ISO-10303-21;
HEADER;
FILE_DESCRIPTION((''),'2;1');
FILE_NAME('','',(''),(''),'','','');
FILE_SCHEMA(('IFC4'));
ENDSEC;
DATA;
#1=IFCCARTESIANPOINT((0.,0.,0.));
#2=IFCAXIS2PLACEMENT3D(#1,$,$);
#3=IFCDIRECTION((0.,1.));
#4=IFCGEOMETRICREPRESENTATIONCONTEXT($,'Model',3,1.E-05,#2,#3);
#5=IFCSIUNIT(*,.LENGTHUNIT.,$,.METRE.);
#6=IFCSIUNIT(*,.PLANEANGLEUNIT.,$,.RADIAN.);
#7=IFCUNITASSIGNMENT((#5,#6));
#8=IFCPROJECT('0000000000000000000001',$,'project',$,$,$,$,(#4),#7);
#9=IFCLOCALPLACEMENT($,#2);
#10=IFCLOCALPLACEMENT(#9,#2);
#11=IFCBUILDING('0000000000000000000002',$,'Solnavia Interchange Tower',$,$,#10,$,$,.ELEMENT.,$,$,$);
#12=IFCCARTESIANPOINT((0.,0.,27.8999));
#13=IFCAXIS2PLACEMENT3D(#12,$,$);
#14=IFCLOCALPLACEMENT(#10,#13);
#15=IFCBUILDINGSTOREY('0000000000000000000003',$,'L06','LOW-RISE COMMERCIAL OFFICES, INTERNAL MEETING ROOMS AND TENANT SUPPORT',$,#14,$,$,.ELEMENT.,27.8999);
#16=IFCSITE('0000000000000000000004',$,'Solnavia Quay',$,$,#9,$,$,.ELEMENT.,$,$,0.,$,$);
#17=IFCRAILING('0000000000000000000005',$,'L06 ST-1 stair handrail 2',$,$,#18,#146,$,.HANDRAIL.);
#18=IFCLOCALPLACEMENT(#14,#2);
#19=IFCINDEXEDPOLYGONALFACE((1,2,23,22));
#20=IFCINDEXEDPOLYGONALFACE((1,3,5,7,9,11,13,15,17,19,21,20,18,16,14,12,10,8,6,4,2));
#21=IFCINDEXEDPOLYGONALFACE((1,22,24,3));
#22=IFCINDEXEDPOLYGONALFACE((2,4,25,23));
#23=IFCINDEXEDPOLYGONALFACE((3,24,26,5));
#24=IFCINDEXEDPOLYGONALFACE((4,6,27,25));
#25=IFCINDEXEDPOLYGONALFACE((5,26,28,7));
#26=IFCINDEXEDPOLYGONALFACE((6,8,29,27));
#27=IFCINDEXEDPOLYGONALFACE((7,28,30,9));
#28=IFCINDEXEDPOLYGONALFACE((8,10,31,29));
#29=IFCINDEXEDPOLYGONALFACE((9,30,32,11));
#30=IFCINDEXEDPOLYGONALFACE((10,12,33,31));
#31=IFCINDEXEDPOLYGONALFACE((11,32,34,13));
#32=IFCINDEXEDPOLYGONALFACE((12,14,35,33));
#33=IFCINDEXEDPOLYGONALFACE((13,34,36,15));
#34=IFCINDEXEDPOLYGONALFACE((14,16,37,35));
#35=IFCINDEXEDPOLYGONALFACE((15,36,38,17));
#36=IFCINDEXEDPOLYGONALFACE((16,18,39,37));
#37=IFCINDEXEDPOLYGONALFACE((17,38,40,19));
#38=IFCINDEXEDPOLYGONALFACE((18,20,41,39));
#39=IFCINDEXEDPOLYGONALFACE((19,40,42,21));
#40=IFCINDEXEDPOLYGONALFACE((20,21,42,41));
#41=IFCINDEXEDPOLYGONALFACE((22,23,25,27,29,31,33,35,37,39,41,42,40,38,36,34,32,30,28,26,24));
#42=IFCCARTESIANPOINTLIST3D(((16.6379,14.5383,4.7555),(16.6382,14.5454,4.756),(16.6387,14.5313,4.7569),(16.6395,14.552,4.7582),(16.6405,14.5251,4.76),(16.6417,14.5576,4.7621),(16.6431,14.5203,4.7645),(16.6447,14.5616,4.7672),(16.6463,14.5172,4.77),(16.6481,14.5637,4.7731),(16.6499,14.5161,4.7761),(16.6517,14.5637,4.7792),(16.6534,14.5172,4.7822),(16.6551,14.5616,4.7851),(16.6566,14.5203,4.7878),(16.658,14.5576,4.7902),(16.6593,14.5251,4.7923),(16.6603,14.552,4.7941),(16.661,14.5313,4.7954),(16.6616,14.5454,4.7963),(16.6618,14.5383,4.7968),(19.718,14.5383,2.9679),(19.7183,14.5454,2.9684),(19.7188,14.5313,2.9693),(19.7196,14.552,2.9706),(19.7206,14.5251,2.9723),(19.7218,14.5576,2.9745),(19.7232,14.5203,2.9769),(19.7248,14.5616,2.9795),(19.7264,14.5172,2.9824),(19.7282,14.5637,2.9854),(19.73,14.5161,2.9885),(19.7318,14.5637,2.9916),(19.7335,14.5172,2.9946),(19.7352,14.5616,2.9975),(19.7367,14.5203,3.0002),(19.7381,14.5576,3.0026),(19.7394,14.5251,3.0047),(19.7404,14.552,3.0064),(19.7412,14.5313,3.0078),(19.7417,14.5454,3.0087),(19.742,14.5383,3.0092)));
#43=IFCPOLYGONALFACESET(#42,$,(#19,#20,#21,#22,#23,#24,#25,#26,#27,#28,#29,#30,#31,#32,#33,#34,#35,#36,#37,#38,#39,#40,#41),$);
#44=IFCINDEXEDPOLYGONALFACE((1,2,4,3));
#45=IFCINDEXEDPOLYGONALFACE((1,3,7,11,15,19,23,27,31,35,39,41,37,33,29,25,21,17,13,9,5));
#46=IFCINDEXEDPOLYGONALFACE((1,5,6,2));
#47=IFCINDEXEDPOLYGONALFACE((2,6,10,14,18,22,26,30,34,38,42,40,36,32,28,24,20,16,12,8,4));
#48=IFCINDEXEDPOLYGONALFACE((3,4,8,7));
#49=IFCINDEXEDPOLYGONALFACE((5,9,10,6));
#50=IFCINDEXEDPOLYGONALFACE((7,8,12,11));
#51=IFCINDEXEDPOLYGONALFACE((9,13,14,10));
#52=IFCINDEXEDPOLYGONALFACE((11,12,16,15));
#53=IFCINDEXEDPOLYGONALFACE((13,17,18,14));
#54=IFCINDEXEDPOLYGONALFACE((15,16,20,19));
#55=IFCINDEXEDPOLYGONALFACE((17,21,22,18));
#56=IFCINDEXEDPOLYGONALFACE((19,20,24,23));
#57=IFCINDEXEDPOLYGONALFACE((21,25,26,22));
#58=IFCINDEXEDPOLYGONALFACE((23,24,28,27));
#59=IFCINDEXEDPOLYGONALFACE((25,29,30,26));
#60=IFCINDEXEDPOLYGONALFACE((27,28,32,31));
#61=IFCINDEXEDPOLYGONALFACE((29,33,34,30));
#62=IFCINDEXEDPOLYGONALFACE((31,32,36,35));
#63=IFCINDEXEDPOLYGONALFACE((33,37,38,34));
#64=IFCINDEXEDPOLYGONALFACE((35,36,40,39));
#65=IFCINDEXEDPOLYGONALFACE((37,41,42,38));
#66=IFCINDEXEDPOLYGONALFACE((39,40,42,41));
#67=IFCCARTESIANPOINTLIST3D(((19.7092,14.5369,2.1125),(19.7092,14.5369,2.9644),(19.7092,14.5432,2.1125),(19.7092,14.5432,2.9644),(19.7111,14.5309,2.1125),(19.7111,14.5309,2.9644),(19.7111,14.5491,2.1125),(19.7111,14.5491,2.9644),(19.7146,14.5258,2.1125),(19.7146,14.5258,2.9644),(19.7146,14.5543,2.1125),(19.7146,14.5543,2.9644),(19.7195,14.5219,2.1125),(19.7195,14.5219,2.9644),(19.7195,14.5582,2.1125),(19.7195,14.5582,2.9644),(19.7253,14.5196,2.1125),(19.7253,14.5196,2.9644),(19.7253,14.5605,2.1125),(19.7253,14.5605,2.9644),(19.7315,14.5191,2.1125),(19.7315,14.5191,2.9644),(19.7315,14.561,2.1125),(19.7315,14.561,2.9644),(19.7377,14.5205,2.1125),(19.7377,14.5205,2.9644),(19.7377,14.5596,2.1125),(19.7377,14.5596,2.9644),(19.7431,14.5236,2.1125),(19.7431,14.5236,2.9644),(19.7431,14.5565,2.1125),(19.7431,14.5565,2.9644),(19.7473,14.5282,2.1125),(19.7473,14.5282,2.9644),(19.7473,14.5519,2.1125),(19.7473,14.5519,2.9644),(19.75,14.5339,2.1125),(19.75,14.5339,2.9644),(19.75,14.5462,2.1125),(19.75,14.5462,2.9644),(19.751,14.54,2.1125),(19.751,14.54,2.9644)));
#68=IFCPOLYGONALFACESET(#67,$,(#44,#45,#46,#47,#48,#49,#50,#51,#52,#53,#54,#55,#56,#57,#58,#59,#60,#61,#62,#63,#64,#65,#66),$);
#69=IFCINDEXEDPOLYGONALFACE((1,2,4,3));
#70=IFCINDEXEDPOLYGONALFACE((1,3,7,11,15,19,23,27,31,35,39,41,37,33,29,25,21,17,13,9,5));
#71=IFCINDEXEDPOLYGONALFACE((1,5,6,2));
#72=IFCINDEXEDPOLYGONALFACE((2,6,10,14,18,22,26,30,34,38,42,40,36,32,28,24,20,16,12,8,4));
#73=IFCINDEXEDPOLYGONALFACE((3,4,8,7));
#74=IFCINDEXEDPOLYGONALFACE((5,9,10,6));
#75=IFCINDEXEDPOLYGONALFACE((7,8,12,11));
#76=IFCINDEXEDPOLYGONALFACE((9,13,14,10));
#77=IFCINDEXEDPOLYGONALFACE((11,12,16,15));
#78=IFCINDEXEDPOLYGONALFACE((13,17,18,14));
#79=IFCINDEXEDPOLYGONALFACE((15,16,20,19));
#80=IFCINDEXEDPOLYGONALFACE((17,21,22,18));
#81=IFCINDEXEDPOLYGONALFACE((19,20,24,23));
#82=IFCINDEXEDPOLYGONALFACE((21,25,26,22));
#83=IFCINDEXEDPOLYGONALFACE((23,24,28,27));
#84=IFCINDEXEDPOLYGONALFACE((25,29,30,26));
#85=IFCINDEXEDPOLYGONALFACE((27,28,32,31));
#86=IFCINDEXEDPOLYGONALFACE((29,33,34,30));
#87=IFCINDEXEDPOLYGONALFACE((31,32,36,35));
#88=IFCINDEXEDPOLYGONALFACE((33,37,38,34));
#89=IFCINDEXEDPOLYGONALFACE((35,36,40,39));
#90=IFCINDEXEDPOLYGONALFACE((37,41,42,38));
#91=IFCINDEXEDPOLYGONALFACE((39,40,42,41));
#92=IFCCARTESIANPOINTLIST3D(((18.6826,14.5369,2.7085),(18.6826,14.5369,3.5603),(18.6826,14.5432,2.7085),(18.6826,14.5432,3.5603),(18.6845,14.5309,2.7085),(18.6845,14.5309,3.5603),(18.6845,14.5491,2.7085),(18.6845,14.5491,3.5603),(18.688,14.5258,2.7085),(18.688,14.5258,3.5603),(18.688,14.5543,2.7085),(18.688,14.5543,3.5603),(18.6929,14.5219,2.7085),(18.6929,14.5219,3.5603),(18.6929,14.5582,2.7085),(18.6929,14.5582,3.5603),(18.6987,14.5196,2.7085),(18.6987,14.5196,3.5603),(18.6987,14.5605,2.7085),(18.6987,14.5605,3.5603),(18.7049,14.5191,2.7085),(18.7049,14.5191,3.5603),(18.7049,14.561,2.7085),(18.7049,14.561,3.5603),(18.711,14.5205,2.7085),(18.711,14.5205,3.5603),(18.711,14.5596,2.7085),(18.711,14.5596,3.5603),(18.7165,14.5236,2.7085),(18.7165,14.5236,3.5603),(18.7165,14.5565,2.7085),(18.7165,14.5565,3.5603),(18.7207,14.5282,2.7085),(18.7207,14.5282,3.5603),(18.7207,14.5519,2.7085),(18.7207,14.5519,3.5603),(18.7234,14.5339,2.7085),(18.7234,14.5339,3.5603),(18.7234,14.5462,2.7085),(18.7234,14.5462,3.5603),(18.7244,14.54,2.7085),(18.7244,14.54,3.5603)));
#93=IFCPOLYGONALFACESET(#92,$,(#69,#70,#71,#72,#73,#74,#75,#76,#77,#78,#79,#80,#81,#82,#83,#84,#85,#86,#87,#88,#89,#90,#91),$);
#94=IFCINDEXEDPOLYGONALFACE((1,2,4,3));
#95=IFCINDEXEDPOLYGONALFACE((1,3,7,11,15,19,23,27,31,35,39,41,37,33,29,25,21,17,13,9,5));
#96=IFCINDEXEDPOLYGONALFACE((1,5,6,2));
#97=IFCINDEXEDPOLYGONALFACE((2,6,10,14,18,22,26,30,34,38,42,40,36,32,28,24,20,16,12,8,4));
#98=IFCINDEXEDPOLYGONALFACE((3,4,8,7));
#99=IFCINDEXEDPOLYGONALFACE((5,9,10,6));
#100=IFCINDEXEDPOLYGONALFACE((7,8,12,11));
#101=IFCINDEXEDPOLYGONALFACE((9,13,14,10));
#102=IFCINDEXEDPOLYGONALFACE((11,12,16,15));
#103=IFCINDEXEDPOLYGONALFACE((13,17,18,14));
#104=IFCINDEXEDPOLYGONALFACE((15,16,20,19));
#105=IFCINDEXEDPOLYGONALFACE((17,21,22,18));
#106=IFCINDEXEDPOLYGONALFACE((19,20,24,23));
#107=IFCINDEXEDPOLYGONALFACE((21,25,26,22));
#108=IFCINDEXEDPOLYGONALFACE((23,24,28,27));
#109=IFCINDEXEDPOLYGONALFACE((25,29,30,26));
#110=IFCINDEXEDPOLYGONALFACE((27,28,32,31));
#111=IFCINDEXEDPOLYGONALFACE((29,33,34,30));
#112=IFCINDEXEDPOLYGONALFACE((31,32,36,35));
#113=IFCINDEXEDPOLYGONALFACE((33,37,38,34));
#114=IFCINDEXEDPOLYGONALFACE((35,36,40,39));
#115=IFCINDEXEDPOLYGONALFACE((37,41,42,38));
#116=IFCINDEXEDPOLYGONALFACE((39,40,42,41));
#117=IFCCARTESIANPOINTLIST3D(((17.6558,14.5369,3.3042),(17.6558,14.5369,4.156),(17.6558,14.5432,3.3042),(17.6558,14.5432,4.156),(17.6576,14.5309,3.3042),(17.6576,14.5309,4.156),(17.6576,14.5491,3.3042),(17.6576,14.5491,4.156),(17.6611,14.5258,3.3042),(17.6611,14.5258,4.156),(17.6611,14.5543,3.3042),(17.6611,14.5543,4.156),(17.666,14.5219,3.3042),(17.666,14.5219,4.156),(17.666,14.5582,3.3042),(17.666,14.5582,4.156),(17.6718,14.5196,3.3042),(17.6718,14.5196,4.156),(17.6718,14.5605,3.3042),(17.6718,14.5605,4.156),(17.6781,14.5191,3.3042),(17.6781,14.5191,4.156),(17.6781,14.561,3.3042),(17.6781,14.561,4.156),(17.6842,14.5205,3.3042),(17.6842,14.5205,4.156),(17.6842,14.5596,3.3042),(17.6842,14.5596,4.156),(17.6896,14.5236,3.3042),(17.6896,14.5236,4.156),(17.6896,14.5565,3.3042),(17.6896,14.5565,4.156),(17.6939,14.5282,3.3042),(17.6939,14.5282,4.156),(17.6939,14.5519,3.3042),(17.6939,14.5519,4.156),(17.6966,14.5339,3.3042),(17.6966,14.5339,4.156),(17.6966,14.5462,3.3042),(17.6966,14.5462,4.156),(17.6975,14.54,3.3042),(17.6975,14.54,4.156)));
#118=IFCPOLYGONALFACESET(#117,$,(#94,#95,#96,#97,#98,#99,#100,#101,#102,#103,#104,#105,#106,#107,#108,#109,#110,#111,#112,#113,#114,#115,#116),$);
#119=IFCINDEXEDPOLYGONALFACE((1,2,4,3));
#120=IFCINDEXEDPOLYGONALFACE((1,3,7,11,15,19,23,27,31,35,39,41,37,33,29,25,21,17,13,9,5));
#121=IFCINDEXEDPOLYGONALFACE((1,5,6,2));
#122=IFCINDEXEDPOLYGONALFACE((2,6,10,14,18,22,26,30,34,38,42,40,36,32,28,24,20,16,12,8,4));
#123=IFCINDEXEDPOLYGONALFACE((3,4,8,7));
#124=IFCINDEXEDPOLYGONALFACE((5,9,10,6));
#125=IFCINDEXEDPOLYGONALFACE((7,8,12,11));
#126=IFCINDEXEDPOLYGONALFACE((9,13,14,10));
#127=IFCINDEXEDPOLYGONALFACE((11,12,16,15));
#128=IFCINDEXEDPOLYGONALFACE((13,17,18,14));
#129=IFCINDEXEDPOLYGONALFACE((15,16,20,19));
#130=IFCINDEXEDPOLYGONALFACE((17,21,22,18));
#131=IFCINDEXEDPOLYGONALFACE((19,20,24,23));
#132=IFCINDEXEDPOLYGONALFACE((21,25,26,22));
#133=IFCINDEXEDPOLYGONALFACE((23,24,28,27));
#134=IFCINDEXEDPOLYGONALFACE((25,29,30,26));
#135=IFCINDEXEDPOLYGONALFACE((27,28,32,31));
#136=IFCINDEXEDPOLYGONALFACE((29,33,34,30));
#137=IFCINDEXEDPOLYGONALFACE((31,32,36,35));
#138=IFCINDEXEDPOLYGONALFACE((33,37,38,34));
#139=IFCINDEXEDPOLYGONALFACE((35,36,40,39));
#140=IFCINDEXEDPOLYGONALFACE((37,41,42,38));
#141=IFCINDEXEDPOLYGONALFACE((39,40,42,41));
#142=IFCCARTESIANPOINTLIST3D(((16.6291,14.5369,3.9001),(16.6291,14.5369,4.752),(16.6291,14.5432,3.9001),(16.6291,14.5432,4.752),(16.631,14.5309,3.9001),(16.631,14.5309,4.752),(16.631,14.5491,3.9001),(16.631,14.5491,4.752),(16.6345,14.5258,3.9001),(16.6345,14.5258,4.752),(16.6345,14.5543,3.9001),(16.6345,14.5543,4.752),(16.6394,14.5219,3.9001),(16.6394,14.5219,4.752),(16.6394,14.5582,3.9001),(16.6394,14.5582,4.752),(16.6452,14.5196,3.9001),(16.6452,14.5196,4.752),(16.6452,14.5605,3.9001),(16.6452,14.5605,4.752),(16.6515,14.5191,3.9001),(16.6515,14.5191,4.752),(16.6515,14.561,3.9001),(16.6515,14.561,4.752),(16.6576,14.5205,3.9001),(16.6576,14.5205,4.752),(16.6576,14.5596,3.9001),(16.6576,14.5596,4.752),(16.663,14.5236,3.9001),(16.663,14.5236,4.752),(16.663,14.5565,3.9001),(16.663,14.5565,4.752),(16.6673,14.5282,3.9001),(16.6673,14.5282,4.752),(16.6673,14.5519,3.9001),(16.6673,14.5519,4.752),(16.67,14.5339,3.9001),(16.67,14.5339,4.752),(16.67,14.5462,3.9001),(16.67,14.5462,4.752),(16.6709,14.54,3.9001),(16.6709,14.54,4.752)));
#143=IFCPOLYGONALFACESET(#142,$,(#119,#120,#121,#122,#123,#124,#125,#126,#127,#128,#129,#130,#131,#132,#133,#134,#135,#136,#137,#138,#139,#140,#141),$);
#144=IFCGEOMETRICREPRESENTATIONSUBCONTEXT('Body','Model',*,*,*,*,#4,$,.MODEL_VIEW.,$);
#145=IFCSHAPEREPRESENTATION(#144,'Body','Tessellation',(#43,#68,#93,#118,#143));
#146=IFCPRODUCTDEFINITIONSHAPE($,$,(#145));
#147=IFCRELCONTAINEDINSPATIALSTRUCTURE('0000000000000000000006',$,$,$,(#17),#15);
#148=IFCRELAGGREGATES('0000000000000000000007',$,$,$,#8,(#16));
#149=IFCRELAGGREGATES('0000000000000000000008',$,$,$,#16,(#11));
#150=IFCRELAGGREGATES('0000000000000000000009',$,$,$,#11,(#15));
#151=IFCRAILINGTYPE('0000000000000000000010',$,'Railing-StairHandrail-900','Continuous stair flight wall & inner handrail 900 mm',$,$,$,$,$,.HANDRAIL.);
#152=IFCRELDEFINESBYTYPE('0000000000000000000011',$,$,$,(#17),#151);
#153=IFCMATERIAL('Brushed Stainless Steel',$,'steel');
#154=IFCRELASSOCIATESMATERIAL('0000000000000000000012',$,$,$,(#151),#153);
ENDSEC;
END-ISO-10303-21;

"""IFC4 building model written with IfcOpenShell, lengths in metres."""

from ifc_helpers import new_model, si_unit, direction, frame, origin, origin_2d, place, context, subcontext, project, spatial, circle, extrude, material, type_object, element, save


model = new_model("IFC4")

# Units and contexts
model_context = context("Model", 3, precision=1e-05, world=origin(), true_north=direction((0.0, 1.0)))
body_context = subcontext(model_context, "Body", "Model", "MODEL_VIEW")
ifc_project = project(units=[si_unit("LENGTHUNIT", "METRE"), si_unit("PLANEANGLEUNIT", "RADIAN")], contexts=[model_context])

# Site, building, storey
site_placement = place(None, origin())
site = spatial("IfcSite", under=ifc_project, at=site_placement, Name="Solnavia Quay", CompositionType="ELEMENT", RefElevation=0.0)
building_placement = place(site_placement, origin())
building = spatial("IfcBuilding", under=site, at=building_placement, Name="Solnavia Interchange Tower", CompositionType="ELEMENT")
storey_placement = place(building_placement, frame((0.0, 0.0, 27.8999)))
storey = spatial("IfcBuildingStorey", under=building, at=storey_placement, Name="L06", Description="LOW-RISE COMMERCIAL OFFICES, INTERNAL MEETING ROOMS AND TENANT SUPPORT", CompositionType="ELEMENT", Elevation=27.8999)

# Railing
ifc_material_1 = material(Name="Brushed Stainless Steel", Category="steel")
railing_type_1 = type_object("IfcRailingType", Name="Railing-StairHandrail-900", Description="Continuous stair flight wall & inner handrail 900 mm", PredefinedType="HANDRAIL", material=ifc_material_1)
railing_1_placement = place(storey_placement, frame((19.73, 14.54, 2.1125)))
element("IfcRailing", 1, at=railing_1_placement, inside=storey, type_object=railing_type_1, Name="L06 ST-1 stair handrail 2", PredefinedType="HANDRAIL", context=body_context, shape_type="SweptSolid", body=[
    extrude(circle(Radius=0.0239, at=origin_2d()), frame((0.0, 0.0, 0.876), z_axis=(-0.864891, 0.0, 0.50196), x_axis=(0.0, -1.0, 0.0)), (0.0, 0.0, 1.0), 3.5613),
    extrude(circle(Radius=0.021, at=origin_2d()), origin(), (0.0, 0.0, 1.0), 0.8518),
    extrude(circle(Radius=0.021, at=origin_2d()), frame((-1.0266, 0.0, 0.5959)), (0.0, 0.0, 1.0), 0.8518),
    extrude(circle(Radius=0.021, at=origin_2d()), frame((-2.0535, 0.0, 1.1917)), (0.0, 0.0, 1.0), 0.8518),
    extrude(circle(Radius=0.021, at=origin_2d()), frame((-3.0801, 0.0, 1.7876)), (0.0, 0.0, 1.0), 0.8518),
])

save(model, "model.ifc")
